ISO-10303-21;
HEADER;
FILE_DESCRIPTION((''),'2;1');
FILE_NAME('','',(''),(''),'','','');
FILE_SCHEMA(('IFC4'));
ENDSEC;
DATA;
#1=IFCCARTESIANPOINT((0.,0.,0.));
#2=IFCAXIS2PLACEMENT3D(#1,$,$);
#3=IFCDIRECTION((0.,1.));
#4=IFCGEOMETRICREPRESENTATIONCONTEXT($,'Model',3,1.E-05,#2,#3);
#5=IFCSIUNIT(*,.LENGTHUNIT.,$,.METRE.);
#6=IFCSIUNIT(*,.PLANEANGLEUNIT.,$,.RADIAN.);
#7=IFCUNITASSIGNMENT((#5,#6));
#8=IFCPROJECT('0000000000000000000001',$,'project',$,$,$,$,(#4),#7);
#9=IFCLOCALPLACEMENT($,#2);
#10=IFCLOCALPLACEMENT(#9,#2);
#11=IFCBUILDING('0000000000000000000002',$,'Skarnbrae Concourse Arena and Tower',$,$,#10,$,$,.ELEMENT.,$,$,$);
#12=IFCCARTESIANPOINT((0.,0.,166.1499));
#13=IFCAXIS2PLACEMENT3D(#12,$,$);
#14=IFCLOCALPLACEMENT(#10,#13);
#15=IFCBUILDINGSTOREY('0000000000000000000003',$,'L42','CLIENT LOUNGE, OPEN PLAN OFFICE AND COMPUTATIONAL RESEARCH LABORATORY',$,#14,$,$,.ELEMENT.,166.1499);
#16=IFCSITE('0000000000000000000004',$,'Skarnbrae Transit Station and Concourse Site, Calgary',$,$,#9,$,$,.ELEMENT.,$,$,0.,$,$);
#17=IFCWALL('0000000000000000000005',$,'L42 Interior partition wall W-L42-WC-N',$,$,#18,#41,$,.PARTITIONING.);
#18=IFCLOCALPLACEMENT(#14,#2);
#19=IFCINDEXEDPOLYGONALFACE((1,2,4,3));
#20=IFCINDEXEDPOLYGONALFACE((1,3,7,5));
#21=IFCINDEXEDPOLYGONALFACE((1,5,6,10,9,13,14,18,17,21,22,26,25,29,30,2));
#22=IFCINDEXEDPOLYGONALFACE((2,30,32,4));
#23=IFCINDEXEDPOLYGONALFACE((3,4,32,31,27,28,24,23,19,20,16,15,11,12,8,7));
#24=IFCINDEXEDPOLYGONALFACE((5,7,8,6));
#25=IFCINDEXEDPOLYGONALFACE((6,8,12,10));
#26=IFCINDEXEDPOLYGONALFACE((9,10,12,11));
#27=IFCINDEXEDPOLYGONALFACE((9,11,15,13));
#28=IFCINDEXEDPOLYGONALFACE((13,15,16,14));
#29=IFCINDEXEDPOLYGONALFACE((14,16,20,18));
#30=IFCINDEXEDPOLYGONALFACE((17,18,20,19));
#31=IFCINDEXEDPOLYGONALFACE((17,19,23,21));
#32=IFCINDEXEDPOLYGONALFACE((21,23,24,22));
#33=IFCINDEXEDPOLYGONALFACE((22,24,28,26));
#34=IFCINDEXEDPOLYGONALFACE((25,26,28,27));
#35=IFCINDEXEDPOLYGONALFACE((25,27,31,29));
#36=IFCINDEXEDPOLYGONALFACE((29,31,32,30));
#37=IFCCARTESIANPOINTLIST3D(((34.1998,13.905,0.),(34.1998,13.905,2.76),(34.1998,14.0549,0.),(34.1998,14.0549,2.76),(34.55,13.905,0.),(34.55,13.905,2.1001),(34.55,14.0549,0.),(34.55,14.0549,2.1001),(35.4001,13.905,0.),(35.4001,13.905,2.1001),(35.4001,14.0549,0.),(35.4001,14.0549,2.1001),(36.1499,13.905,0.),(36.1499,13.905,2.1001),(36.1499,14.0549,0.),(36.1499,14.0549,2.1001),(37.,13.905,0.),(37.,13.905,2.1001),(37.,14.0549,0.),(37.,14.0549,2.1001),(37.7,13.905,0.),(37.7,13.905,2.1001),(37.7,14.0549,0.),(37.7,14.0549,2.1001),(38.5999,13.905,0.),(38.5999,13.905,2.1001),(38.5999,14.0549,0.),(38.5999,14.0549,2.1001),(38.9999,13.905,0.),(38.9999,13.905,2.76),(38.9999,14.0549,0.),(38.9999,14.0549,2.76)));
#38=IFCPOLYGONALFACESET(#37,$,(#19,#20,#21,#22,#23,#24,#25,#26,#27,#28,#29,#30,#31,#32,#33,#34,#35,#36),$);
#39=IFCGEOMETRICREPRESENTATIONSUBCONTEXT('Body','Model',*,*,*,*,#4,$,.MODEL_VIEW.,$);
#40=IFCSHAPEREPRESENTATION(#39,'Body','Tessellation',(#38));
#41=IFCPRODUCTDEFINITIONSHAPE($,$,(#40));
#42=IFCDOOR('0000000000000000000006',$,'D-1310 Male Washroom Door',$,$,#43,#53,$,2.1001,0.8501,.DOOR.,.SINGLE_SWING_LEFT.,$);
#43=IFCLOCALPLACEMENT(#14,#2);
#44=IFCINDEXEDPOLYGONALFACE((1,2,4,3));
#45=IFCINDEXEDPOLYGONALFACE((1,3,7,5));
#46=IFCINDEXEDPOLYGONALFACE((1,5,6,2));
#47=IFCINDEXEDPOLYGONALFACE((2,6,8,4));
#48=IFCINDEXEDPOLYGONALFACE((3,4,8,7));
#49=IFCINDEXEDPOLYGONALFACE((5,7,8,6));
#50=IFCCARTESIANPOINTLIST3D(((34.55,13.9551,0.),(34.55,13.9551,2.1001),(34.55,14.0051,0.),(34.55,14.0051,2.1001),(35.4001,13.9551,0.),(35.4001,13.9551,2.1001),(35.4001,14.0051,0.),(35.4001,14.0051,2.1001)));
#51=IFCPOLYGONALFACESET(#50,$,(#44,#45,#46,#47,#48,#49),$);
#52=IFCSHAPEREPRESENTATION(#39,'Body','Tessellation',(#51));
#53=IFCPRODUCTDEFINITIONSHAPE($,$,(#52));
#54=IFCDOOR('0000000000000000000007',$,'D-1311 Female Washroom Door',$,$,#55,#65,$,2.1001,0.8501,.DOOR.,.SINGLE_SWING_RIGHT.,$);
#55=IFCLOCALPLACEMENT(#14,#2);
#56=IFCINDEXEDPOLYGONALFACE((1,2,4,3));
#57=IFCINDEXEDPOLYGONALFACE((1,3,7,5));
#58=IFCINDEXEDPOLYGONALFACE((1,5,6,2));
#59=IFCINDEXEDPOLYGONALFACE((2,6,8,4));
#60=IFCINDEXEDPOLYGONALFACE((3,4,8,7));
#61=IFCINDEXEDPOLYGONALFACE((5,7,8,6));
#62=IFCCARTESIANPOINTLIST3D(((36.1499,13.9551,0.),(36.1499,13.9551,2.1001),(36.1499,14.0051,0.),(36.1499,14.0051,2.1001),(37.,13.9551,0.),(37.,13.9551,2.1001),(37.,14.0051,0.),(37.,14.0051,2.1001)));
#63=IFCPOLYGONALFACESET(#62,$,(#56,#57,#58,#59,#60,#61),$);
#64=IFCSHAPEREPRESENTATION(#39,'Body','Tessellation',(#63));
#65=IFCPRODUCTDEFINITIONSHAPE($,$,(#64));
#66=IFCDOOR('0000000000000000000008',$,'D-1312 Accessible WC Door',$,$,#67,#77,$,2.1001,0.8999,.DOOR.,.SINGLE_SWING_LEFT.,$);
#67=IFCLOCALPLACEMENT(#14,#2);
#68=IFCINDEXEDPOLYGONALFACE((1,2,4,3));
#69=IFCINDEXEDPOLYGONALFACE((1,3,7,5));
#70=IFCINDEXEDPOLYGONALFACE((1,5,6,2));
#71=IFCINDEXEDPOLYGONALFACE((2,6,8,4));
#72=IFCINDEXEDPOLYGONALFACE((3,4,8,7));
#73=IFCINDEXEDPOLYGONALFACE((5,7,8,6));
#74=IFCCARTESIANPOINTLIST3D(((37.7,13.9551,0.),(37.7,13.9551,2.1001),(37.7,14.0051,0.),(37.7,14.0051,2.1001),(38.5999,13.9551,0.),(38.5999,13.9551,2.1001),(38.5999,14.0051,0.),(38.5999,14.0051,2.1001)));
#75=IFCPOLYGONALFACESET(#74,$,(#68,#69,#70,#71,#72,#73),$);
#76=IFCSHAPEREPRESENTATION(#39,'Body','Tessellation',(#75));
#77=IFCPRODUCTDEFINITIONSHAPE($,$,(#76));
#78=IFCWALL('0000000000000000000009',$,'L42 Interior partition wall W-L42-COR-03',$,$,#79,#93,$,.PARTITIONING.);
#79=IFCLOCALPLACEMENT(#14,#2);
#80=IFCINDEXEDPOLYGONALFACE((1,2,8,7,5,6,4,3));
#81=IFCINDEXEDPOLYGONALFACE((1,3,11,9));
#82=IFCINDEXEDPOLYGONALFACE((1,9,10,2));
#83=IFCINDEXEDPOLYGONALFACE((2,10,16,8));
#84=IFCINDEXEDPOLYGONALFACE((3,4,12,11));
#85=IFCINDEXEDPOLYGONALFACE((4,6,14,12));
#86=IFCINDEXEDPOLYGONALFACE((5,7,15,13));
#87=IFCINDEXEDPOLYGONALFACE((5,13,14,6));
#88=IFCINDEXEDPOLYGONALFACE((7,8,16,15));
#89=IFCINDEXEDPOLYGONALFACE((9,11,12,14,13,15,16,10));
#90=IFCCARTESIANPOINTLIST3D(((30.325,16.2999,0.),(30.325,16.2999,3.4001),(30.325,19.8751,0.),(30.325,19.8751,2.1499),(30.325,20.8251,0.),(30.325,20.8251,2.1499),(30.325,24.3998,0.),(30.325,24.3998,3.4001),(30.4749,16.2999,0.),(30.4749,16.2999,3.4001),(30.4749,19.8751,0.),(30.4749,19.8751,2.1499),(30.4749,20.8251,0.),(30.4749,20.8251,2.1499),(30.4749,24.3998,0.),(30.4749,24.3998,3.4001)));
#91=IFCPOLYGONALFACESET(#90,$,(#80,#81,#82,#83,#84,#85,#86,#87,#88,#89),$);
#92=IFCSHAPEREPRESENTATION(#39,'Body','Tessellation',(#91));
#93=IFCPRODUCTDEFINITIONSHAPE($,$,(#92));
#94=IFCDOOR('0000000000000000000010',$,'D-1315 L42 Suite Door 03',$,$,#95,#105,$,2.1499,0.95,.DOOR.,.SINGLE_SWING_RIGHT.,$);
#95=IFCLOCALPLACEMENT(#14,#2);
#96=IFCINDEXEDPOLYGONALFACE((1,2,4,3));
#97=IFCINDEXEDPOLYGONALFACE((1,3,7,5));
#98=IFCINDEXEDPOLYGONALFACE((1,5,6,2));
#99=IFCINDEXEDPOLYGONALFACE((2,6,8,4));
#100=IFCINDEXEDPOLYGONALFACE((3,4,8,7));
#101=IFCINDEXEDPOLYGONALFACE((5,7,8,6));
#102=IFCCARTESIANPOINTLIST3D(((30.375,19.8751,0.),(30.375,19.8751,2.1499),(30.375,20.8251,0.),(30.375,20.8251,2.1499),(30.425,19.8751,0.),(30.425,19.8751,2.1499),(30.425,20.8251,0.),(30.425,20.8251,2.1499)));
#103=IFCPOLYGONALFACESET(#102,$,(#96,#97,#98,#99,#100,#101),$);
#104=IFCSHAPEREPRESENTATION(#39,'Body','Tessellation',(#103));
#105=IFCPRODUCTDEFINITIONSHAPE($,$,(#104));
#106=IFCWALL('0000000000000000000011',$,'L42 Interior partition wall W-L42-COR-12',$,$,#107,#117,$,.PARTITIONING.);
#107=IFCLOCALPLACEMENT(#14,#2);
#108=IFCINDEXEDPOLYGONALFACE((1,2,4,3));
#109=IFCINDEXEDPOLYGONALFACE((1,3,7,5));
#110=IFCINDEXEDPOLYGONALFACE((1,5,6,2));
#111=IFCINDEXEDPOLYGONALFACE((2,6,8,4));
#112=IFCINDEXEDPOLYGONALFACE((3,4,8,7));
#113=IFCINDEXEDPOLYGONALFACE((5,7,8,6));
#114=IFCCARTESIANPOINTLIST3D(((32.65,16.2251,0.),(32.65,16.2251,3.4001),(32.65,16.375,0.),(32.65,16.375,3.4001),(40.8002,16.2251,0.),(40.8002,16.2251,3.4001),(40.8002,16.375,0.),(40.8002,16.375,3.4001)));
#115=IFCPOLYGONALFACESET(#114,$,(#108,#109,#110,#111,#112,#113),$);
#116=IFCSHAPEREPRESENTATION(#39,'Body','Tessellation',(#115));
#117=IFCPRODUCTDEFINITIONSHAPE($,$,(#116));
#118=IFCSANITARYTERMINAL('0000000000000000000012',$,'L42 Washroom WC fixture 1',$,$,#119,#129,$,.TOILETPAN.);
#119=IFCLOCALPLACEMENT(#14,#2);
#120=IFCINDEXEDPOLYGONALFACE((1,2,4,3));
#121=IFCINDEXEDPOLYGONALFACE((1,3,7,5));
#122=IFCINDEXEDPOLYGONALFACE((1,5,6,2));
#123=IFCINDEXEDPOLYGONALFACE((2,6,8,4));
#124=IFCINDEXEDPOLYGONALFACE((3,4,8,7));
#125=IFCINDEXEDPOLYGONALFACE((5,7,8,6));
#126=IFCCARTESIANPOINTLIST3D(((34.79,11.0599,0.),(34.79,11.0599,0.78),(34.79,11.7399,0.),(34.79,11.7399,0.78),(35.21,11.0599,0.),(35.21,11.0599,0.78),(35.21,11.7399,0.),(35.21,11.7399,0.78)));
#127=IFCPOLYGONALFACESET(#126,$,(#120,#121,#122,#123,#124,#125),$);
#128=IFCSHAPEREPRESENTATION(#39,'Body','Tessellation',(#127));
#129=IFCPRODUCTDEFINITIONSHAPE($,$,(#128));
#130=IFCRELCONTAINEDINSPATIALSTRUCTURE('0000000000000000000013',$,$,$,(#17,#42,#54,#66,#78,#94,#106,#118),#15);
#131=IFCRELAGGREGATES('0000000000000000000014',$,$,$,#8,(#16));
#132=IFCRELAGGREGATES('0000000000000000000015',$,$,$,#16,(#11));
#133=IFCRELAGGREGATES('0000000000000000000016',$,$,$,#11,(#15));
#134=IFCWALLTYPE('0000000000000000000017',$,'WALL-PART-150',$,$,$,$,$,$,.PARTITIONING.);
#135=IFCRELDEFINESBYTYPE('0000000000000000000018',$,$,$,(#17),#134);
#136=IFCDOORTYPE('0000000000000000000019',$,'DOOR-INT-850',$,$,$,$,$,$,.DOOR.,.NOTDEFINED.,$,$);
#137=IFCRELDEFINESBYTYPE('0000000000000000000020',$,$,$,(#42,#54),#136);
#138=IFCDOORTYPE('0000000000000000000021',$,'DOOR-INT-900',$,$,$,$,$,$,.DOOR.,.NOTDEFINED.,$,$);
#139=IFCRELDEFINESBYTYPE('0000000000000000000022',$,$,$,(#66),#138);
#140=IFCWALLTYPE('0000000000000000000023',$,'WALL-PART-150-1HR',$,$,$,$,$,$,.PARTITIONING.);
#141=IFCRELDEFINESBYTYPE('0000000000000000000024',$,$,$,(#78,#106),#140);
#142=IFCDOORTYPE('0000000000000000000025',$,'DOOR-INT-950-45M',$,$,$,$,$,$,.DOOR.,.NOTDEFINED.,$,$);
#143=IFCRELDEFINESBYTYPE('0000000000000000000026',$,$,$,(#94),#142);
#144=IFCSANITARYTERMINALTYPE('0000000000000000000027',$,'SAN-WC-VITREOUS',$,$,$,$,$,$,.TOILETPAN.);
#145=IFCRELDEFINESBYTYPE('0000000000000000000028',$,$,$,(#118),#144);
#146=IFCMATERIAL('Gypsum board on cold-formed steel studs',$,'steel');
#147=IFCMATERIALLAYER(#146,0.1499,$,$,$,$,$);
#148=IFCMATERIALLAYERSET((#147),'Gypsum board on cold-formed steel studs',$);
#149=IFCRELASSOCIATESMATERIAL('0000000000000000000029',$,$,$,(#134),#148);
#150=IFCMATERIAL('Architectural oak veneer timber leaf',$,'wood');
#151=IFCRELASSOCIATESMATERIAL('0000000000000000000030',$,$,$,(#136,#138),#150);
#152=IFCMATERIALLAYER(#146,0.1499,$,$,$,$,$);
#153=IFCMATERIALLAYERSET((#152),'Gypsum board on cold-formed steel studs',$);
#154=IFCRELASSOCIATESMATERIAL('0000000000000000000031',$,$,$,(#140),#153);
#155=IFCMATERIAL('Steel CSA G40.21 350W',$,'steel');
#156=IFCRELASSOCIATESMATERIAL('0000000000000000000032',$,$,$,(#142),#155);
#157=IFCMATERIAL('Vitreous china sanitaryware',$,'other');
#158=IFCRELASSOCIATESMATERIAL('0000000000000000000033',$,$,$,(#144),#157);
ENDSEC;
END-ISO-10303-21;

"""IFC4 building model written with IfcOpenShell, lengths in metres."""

from ifc_helpers import new_model, si_unit, direction, frame, frame_2d, origin, origin_2d, place, context, subcontext, project, spatial, rectangle, extrude, source, transform, mapped, material, layer, layer_set, type_object, element, fill, save


model = new_model("IFC4")

# Units and contexts
model_context = context("Model", 3, precision=1e-05, world=origin(), true_north=direction((0.0, 1.0)))
body_context = subcontext(model_context, "Body", "Model", "MODEL_VIEW")
ifc_project = project(units=[si_unit("LENGTHUNIT", "METRE"), si_unit("PLANEANGLEUNIT", "RADIAN")], contexts=[model_context])

# Site, building, storey
site_placement = place(None, origin())
site = spatial("IfcSite", under=ifc_project, at=site_placement, Name="Skarnbrae Transit Station and Concourse Site, Calgary", CompositionType="ELEMENT", RefElevation=0.0)
building_placement = place(site_placement, origin())
building = spatial("IfcBuilding", under=site, at=building_placement, Name="Skarnbrae Concourse Arena and Tower", CompositionType="ELEMENT")
storey_placement = place(building_placement, frame((0.0, 0.0, 166.1499)))
storey = spatial("IfcBuildingStorey", under=building, at=storey_placement, Name="L42", Description="CLIENT LOUNGE, OPEN PLAN OFFICE AND COMPUTATIONAL RESEARCH LABORATORY", CompositionType="ELEMENT", Elevation=166.1499)

# Shared definitions
ifc_material_1 = material(Name="Steel CSA G40.21 350W", Category="steel")

# Shared definitions
ifc_material_2 = material(Name="Gypsum board on cold-formed steel studs", Category="steel")
ifc_layer_1 = layer(ifc_material_2, 0.1499)
ifc_layer_set_1 = layer_set([ifc_layer_1], Name="Gypsum board on cold-formed steel studs")
wall_type_1 = type_object("IfcWallType", Name="WALL-PART-150", PredefinedType="PARTITIONING", material=ifc_layer_set_1)

# Wall, openings, doors
shared_shape_1 = source(origin(), body_context, "Body", "SweptSolid", [
    extrude(rectangle(XDim=4.8, YDim=0.1499, at=frame_2d((2.3999, 0.0))), origin(), (0.0, 0.0, 1.0), 2.76),
])
wall_1_placement = place(storey_placement, frame((34.2, 13.98, 0.0), z_axis=(0.0, 0.0, 1.0), x_axis=(1.0, 0.0, 0.0)))
wall_1 = element("IfcWall", 1, at=wall_1_placement, inside=storey, type_object=wall_type_1, Name="L42 Interior partition wall W-L42-WC-N", PredefinedType="PARTITIONING", context=body_context, shape_type="MappedRepresentation", body=[
    mapped(shared_shape_1, transform((0.0, 0.0, 0.0))),
])
opening_1_placement = place(wall_1_placement, frame((0.3501, 0.0, 0.0)))
opening_1 = element("IfcOpeningElement", 2, at=opening_1_placement, cuts=wall_1, PredefinedType="OPENING", context=body_context, shape_type="SweptSolid", body=[
    extrude(rectangle(XDim=0.8501, YDim=2.1001, at=frame_2d((0.425, 1.05))), frame((0.0, 0.085, 0.0), z_axis=(0.0, -1.0, 0.0), x_axis=(1.0, 0.0, 0.0)), (0.0, 0.0, 1.0), 0.1699),
])
opening_2_placement = place(wall_1_placement, frame((1.95, 0.0, 0.0)))
opening_2 = element("IfcOpeningElement", 3, at=opening_2_placement, cuts=wall_1, PredefinedType="OPENING", context=body_context, shape_type="SweptSolid", body=[
    extrude(rectangle(XDim=0.8501, YDim=2.1001, at=frame_2d((0.425, 1.05))), frame((0.0, 0.085, 0.0), z_axis=(0.0, -1.0, 0.0), x_axis=(1.0, 0.0, 0.0)), (0.0, 0.0, 1.0), 0.1699),
])
opening_3_placement = place(wall_1_placement, frame((3.5, 0.0, 0.0)))
opening_3 = element("IfcOpeningElement", 4, at=opening_3_placement, cuts=wall_1, PredefinedType="OPENING", context=body_context, shape_type="SweptSolid", body=[
    extrude(rectangle(XDim=0.8999, YDim=2.1001, at=frame_2d((0.45, 1.05))), frame((0.0, 0.085, 0.0), z_axis=(0.0, -1.0, 0.0), x_axis=(1.0, 0.0, 0.0)), (0.0, 0.0, 1.0), 0.1699),
])
ifc_material_3 = material(Name="Architectural oak veneer timber leaf", Category="wood")
door_type_1 = type_object("IfcDoorType", Name="DOOR-INT-850", OperationType="NOTDEFINED", PredefinedType="DOOR", material=ifc_material_3)
shared_shape_2 = source(origin(), body_context, "Body", "SweptSolid", [
    extrude(rectangle(XDim=0.8501, YDim=2.1001, at=frame_2d((0.425, 1.05))), frame((0.0, 0.0249, 0.0), z_axis=(0.0, -1.0, 0.0), x_axis=(1.0, 0.0, 0.0)), (0.0, 0.0, 1.0), 0.05),
])
door_1_placement = place(opening_1_placement, frame((0.8501, 0.0, 0.0), z_axis=(0.0, 0.0, 1.0), x_axis=(-1.0, 0.0, 0.0)))
door_1 = element("IfcDoor", 5, at=door_1_placement, inside=storey, type_object=door_type_1, Name="D-1310 Male Washroom Door", OperationType="SINGLE_SWING_LEFT", OverallHeight=2.1001, OverallWidth=0.8501, PredefinedType="DOOR", context=body_context, shape_type="MappedRepresentation", body=[
    mapped(shared_shape_2, transform((0.0, 0.0, 0.0))),
])
fill(opening_1, door_1)
door_2_placement = place(opening_2_placement, frame((0.8501, 0.0, 0.0), z_axis=(0.0, 0.0, 1.0), x_axis=(-1.0, 0.0, 0.0)))
door_2 = element("IfcDoor", 6, at=door_2_placement, inside=storey, type_object=door_type_1, Name="D-1311 Female Washroom Door", OperationType="SINGLE_SWING_RIGHT", OverallHeight=2.1001, OverallWidth=0.8501, PredefinedType="DOOR", context=body_context, shape_type="MappedRepresentation", body=[
    mapped(shared_shape_2, transform((0.0, 0.0, 0.0))),
])
fill(opening_2, door_2)
door_type_2 = type_object("IfcDoorType", Name="DOOR-INT-900", OperationType="NOTDEFINED", PredefinedType="DOOR", material=ifc_material_3)
shared_shape_3 = source(origin(), body_context, "Body", "SweptSolid", [
    extrude(rectangle(XDim=0.8999, YDim=2.1001, at=frame_2d((0.45, 1.05))), frame((0.0, 0.0249, 0.0), z_axis=(0.0, -1.0, 0.0), x_axis=(1.0, 0.0, 0.0)), (0.0, 0.0, 1.0), 0.05),
])
door_3_placement = place(opening_3_placement, frame((0.8999, 0.0, 0.0), z_axis=(0.0, 0.0, 1.0), x_axis=(-1.0, 0.0, 0.0)))
door_3 = element("IfcDoor", 7, at=door_3_placement, inside=storey, type_object=door_type_2, Name="D-1312 Accessible WC Door", OperationType="SINGLE_SWING_LEFT", OverallHeight=2.1001, OverallWidth=0.8999, PredefinedType="DOOR", context=body_context, shape_type="MappedRepresentation", body=[
    mapped(shared_shape_3, transform((0.0, 0.0, 0.0))),
])
fill(opening_3, door_3)

# Wall, opening, door
ifc_layer_2 = layer(ifc_material_2, 0.1499)
ifc_layer_set_2 = layer_set([ifc_layer_2], Name="Gypsum board on cold-formed steel studs")
wall_type_2 = type_object("IfcWallType", Name="WALL-PART-150-1HR", PredefinedType="PARTITIONING", material=ifc_layer_set_2)
shared_shape_4 = source(origin(), body_context, "Body", "SweptSolid", [
    extrude(rectangle(XDim=8.0999, YDim=0.1499, at=frame_2d((4.0498, 0.0))), origin(), (0.0, 0.0, 1.0), 3.4001),
])
wall_2_placement = place(storey_placement, frame((30.3999, 16.3, 0.0), z_axis=(0.0, 0.0, 1.0), x_axis=(0.0, 1.0, 0.0)))
wall_2 = element("IfcWall", 8, at=wall_2_placement, inside=storey, type_object=wall_type_2, Name="L42 Interior partition wall W-L42-COR-03", PredefinedType="PARTITIONING", context=body_context, shape_type="MappedRepresentation", body=[
    mapped(shared_shape_4, transform((0.0, 0.0, 0.0))),
])
opening_4_placement = place(wall_2_placement, frame((3.575, 0.0, 0.0)))
opening_4 = element("IfcOpeningElement", 9, at=opening_4_placement, cuts=wall_2, PredefinedType="OPENING", context=body_context, shape_type="SweptSolid", body=[
    extrude(rectangle(XDim=0.95, YDim=2.1499, at=frame_2d((0.4751, 1.075))), frame((0.0, 0.085, 0.0), z_axis=(0.0, -1.0, 0.0), x_axis=(1.0, 0.0, 0.0)), (0.0, 0.0, 1.0), 0.1699),
])
door_type_3 = type_object("IfcDoorType", Name="DOOR-INT-950-45M", OperationType="NOTDEFINED", PredefinedType="DOOR", material=ifc_material_1)
shared_shape_5 = source(origin(), body_context, "Body", "SweptSolid", [
    extrude(rectangle(XDim=0.95, YDim=2.1499, at=frame_2d((0.4751, 1.075))), frame((0.0, 0.0249, 0.0), z_axis=(0.0, -1.0, 0.0), x_axis=(1.0, 0.0, 0.0)), (0.0, 0.0, 1.0), 0.05),
])
door_4_placement = place(opening_4_placement, origin())
door_4 = element("IfcDoor", 10, at=door_4_placement, inside=storey, type_object=door_type_3, Name="D-1315 L42 Suite Door 03", OperationType="SINGLE_SWING_RIGHT", OverallHeight=2.1499, OverallWidth=0.95, PredefinedType="DOOR", context=body_context, shape_type="MappedRepresentation", body=[
    mapped(shared_shape_5, transform((0.0, 0.0, 0.0))),
])
fill(opening_4, door_4)

# Wall
shared_shape_6 = source(origin(), body_context, "Body", "SweptSolid", [
    extrude(rectangle(XDim=8.1501, YDim=0.1499, at=frame_2d((4.0752, 0.0))), origin(), (0.0, 0.0, 1.0), 3.4001),
])
wall_3_placement = place(storey_placement, frame((32.6499, 16.3, 0.0), z_axis=(0.0, 0.0, 1.0), x_axis=(1.0, 0.0, 0.0)))
element("IfcWall", 11, at=wall_3_placement, inside=storey, type_object=wall_type_2, Name="L42 Interior partition wall W-L42-COR-12", PredefinedType="PARTITIONING", context=body_context, shape_type="MappedRepresentation", body=[
    mapped(shared_shape_6, transform((0.0, 0.0, 0.0))),
])

# Sanitary terminal
ifc_material_4 = material(Name="Vitreous china sanitaryware", Category="other")
sanitary_terminal_type = type_object("IfcSanitaryTerminalType", Name="SAN-WC-VITREOUS", PredefinedType="TOILETPAN", material=ifc_material_4)
shared_shape_7 = source(origin(), body_context, "Body", "SweptSolid", [
    extrude(rectangle(XDim=0.4199, YDim=0.6799, at=origin_2d()), origin(), (0.0, 0.0, 1.0), 0.78),
])
sanitary_terminal_placement = place(storey_placement, frame((35.0, 11.3999, 0.0), z_axis=(0.0, 0.0, 1.0), x_axis=(1.0, 0.0, 0.0)))
element("IfcSanitaryTerminal", 12, at=sanitary_terminal_placement, inside=storey, type_object=sanitary_terminal_type, Name="L42 Washroom WC fixture 1", PredefinedType="TOILETPAN", context=body_context, shape_type="MappedRepresentation", body=[
    mapped(shared_shape_7, transform((0.0, 0.0, 0.0))),
])

save(model, "model.ifc")
